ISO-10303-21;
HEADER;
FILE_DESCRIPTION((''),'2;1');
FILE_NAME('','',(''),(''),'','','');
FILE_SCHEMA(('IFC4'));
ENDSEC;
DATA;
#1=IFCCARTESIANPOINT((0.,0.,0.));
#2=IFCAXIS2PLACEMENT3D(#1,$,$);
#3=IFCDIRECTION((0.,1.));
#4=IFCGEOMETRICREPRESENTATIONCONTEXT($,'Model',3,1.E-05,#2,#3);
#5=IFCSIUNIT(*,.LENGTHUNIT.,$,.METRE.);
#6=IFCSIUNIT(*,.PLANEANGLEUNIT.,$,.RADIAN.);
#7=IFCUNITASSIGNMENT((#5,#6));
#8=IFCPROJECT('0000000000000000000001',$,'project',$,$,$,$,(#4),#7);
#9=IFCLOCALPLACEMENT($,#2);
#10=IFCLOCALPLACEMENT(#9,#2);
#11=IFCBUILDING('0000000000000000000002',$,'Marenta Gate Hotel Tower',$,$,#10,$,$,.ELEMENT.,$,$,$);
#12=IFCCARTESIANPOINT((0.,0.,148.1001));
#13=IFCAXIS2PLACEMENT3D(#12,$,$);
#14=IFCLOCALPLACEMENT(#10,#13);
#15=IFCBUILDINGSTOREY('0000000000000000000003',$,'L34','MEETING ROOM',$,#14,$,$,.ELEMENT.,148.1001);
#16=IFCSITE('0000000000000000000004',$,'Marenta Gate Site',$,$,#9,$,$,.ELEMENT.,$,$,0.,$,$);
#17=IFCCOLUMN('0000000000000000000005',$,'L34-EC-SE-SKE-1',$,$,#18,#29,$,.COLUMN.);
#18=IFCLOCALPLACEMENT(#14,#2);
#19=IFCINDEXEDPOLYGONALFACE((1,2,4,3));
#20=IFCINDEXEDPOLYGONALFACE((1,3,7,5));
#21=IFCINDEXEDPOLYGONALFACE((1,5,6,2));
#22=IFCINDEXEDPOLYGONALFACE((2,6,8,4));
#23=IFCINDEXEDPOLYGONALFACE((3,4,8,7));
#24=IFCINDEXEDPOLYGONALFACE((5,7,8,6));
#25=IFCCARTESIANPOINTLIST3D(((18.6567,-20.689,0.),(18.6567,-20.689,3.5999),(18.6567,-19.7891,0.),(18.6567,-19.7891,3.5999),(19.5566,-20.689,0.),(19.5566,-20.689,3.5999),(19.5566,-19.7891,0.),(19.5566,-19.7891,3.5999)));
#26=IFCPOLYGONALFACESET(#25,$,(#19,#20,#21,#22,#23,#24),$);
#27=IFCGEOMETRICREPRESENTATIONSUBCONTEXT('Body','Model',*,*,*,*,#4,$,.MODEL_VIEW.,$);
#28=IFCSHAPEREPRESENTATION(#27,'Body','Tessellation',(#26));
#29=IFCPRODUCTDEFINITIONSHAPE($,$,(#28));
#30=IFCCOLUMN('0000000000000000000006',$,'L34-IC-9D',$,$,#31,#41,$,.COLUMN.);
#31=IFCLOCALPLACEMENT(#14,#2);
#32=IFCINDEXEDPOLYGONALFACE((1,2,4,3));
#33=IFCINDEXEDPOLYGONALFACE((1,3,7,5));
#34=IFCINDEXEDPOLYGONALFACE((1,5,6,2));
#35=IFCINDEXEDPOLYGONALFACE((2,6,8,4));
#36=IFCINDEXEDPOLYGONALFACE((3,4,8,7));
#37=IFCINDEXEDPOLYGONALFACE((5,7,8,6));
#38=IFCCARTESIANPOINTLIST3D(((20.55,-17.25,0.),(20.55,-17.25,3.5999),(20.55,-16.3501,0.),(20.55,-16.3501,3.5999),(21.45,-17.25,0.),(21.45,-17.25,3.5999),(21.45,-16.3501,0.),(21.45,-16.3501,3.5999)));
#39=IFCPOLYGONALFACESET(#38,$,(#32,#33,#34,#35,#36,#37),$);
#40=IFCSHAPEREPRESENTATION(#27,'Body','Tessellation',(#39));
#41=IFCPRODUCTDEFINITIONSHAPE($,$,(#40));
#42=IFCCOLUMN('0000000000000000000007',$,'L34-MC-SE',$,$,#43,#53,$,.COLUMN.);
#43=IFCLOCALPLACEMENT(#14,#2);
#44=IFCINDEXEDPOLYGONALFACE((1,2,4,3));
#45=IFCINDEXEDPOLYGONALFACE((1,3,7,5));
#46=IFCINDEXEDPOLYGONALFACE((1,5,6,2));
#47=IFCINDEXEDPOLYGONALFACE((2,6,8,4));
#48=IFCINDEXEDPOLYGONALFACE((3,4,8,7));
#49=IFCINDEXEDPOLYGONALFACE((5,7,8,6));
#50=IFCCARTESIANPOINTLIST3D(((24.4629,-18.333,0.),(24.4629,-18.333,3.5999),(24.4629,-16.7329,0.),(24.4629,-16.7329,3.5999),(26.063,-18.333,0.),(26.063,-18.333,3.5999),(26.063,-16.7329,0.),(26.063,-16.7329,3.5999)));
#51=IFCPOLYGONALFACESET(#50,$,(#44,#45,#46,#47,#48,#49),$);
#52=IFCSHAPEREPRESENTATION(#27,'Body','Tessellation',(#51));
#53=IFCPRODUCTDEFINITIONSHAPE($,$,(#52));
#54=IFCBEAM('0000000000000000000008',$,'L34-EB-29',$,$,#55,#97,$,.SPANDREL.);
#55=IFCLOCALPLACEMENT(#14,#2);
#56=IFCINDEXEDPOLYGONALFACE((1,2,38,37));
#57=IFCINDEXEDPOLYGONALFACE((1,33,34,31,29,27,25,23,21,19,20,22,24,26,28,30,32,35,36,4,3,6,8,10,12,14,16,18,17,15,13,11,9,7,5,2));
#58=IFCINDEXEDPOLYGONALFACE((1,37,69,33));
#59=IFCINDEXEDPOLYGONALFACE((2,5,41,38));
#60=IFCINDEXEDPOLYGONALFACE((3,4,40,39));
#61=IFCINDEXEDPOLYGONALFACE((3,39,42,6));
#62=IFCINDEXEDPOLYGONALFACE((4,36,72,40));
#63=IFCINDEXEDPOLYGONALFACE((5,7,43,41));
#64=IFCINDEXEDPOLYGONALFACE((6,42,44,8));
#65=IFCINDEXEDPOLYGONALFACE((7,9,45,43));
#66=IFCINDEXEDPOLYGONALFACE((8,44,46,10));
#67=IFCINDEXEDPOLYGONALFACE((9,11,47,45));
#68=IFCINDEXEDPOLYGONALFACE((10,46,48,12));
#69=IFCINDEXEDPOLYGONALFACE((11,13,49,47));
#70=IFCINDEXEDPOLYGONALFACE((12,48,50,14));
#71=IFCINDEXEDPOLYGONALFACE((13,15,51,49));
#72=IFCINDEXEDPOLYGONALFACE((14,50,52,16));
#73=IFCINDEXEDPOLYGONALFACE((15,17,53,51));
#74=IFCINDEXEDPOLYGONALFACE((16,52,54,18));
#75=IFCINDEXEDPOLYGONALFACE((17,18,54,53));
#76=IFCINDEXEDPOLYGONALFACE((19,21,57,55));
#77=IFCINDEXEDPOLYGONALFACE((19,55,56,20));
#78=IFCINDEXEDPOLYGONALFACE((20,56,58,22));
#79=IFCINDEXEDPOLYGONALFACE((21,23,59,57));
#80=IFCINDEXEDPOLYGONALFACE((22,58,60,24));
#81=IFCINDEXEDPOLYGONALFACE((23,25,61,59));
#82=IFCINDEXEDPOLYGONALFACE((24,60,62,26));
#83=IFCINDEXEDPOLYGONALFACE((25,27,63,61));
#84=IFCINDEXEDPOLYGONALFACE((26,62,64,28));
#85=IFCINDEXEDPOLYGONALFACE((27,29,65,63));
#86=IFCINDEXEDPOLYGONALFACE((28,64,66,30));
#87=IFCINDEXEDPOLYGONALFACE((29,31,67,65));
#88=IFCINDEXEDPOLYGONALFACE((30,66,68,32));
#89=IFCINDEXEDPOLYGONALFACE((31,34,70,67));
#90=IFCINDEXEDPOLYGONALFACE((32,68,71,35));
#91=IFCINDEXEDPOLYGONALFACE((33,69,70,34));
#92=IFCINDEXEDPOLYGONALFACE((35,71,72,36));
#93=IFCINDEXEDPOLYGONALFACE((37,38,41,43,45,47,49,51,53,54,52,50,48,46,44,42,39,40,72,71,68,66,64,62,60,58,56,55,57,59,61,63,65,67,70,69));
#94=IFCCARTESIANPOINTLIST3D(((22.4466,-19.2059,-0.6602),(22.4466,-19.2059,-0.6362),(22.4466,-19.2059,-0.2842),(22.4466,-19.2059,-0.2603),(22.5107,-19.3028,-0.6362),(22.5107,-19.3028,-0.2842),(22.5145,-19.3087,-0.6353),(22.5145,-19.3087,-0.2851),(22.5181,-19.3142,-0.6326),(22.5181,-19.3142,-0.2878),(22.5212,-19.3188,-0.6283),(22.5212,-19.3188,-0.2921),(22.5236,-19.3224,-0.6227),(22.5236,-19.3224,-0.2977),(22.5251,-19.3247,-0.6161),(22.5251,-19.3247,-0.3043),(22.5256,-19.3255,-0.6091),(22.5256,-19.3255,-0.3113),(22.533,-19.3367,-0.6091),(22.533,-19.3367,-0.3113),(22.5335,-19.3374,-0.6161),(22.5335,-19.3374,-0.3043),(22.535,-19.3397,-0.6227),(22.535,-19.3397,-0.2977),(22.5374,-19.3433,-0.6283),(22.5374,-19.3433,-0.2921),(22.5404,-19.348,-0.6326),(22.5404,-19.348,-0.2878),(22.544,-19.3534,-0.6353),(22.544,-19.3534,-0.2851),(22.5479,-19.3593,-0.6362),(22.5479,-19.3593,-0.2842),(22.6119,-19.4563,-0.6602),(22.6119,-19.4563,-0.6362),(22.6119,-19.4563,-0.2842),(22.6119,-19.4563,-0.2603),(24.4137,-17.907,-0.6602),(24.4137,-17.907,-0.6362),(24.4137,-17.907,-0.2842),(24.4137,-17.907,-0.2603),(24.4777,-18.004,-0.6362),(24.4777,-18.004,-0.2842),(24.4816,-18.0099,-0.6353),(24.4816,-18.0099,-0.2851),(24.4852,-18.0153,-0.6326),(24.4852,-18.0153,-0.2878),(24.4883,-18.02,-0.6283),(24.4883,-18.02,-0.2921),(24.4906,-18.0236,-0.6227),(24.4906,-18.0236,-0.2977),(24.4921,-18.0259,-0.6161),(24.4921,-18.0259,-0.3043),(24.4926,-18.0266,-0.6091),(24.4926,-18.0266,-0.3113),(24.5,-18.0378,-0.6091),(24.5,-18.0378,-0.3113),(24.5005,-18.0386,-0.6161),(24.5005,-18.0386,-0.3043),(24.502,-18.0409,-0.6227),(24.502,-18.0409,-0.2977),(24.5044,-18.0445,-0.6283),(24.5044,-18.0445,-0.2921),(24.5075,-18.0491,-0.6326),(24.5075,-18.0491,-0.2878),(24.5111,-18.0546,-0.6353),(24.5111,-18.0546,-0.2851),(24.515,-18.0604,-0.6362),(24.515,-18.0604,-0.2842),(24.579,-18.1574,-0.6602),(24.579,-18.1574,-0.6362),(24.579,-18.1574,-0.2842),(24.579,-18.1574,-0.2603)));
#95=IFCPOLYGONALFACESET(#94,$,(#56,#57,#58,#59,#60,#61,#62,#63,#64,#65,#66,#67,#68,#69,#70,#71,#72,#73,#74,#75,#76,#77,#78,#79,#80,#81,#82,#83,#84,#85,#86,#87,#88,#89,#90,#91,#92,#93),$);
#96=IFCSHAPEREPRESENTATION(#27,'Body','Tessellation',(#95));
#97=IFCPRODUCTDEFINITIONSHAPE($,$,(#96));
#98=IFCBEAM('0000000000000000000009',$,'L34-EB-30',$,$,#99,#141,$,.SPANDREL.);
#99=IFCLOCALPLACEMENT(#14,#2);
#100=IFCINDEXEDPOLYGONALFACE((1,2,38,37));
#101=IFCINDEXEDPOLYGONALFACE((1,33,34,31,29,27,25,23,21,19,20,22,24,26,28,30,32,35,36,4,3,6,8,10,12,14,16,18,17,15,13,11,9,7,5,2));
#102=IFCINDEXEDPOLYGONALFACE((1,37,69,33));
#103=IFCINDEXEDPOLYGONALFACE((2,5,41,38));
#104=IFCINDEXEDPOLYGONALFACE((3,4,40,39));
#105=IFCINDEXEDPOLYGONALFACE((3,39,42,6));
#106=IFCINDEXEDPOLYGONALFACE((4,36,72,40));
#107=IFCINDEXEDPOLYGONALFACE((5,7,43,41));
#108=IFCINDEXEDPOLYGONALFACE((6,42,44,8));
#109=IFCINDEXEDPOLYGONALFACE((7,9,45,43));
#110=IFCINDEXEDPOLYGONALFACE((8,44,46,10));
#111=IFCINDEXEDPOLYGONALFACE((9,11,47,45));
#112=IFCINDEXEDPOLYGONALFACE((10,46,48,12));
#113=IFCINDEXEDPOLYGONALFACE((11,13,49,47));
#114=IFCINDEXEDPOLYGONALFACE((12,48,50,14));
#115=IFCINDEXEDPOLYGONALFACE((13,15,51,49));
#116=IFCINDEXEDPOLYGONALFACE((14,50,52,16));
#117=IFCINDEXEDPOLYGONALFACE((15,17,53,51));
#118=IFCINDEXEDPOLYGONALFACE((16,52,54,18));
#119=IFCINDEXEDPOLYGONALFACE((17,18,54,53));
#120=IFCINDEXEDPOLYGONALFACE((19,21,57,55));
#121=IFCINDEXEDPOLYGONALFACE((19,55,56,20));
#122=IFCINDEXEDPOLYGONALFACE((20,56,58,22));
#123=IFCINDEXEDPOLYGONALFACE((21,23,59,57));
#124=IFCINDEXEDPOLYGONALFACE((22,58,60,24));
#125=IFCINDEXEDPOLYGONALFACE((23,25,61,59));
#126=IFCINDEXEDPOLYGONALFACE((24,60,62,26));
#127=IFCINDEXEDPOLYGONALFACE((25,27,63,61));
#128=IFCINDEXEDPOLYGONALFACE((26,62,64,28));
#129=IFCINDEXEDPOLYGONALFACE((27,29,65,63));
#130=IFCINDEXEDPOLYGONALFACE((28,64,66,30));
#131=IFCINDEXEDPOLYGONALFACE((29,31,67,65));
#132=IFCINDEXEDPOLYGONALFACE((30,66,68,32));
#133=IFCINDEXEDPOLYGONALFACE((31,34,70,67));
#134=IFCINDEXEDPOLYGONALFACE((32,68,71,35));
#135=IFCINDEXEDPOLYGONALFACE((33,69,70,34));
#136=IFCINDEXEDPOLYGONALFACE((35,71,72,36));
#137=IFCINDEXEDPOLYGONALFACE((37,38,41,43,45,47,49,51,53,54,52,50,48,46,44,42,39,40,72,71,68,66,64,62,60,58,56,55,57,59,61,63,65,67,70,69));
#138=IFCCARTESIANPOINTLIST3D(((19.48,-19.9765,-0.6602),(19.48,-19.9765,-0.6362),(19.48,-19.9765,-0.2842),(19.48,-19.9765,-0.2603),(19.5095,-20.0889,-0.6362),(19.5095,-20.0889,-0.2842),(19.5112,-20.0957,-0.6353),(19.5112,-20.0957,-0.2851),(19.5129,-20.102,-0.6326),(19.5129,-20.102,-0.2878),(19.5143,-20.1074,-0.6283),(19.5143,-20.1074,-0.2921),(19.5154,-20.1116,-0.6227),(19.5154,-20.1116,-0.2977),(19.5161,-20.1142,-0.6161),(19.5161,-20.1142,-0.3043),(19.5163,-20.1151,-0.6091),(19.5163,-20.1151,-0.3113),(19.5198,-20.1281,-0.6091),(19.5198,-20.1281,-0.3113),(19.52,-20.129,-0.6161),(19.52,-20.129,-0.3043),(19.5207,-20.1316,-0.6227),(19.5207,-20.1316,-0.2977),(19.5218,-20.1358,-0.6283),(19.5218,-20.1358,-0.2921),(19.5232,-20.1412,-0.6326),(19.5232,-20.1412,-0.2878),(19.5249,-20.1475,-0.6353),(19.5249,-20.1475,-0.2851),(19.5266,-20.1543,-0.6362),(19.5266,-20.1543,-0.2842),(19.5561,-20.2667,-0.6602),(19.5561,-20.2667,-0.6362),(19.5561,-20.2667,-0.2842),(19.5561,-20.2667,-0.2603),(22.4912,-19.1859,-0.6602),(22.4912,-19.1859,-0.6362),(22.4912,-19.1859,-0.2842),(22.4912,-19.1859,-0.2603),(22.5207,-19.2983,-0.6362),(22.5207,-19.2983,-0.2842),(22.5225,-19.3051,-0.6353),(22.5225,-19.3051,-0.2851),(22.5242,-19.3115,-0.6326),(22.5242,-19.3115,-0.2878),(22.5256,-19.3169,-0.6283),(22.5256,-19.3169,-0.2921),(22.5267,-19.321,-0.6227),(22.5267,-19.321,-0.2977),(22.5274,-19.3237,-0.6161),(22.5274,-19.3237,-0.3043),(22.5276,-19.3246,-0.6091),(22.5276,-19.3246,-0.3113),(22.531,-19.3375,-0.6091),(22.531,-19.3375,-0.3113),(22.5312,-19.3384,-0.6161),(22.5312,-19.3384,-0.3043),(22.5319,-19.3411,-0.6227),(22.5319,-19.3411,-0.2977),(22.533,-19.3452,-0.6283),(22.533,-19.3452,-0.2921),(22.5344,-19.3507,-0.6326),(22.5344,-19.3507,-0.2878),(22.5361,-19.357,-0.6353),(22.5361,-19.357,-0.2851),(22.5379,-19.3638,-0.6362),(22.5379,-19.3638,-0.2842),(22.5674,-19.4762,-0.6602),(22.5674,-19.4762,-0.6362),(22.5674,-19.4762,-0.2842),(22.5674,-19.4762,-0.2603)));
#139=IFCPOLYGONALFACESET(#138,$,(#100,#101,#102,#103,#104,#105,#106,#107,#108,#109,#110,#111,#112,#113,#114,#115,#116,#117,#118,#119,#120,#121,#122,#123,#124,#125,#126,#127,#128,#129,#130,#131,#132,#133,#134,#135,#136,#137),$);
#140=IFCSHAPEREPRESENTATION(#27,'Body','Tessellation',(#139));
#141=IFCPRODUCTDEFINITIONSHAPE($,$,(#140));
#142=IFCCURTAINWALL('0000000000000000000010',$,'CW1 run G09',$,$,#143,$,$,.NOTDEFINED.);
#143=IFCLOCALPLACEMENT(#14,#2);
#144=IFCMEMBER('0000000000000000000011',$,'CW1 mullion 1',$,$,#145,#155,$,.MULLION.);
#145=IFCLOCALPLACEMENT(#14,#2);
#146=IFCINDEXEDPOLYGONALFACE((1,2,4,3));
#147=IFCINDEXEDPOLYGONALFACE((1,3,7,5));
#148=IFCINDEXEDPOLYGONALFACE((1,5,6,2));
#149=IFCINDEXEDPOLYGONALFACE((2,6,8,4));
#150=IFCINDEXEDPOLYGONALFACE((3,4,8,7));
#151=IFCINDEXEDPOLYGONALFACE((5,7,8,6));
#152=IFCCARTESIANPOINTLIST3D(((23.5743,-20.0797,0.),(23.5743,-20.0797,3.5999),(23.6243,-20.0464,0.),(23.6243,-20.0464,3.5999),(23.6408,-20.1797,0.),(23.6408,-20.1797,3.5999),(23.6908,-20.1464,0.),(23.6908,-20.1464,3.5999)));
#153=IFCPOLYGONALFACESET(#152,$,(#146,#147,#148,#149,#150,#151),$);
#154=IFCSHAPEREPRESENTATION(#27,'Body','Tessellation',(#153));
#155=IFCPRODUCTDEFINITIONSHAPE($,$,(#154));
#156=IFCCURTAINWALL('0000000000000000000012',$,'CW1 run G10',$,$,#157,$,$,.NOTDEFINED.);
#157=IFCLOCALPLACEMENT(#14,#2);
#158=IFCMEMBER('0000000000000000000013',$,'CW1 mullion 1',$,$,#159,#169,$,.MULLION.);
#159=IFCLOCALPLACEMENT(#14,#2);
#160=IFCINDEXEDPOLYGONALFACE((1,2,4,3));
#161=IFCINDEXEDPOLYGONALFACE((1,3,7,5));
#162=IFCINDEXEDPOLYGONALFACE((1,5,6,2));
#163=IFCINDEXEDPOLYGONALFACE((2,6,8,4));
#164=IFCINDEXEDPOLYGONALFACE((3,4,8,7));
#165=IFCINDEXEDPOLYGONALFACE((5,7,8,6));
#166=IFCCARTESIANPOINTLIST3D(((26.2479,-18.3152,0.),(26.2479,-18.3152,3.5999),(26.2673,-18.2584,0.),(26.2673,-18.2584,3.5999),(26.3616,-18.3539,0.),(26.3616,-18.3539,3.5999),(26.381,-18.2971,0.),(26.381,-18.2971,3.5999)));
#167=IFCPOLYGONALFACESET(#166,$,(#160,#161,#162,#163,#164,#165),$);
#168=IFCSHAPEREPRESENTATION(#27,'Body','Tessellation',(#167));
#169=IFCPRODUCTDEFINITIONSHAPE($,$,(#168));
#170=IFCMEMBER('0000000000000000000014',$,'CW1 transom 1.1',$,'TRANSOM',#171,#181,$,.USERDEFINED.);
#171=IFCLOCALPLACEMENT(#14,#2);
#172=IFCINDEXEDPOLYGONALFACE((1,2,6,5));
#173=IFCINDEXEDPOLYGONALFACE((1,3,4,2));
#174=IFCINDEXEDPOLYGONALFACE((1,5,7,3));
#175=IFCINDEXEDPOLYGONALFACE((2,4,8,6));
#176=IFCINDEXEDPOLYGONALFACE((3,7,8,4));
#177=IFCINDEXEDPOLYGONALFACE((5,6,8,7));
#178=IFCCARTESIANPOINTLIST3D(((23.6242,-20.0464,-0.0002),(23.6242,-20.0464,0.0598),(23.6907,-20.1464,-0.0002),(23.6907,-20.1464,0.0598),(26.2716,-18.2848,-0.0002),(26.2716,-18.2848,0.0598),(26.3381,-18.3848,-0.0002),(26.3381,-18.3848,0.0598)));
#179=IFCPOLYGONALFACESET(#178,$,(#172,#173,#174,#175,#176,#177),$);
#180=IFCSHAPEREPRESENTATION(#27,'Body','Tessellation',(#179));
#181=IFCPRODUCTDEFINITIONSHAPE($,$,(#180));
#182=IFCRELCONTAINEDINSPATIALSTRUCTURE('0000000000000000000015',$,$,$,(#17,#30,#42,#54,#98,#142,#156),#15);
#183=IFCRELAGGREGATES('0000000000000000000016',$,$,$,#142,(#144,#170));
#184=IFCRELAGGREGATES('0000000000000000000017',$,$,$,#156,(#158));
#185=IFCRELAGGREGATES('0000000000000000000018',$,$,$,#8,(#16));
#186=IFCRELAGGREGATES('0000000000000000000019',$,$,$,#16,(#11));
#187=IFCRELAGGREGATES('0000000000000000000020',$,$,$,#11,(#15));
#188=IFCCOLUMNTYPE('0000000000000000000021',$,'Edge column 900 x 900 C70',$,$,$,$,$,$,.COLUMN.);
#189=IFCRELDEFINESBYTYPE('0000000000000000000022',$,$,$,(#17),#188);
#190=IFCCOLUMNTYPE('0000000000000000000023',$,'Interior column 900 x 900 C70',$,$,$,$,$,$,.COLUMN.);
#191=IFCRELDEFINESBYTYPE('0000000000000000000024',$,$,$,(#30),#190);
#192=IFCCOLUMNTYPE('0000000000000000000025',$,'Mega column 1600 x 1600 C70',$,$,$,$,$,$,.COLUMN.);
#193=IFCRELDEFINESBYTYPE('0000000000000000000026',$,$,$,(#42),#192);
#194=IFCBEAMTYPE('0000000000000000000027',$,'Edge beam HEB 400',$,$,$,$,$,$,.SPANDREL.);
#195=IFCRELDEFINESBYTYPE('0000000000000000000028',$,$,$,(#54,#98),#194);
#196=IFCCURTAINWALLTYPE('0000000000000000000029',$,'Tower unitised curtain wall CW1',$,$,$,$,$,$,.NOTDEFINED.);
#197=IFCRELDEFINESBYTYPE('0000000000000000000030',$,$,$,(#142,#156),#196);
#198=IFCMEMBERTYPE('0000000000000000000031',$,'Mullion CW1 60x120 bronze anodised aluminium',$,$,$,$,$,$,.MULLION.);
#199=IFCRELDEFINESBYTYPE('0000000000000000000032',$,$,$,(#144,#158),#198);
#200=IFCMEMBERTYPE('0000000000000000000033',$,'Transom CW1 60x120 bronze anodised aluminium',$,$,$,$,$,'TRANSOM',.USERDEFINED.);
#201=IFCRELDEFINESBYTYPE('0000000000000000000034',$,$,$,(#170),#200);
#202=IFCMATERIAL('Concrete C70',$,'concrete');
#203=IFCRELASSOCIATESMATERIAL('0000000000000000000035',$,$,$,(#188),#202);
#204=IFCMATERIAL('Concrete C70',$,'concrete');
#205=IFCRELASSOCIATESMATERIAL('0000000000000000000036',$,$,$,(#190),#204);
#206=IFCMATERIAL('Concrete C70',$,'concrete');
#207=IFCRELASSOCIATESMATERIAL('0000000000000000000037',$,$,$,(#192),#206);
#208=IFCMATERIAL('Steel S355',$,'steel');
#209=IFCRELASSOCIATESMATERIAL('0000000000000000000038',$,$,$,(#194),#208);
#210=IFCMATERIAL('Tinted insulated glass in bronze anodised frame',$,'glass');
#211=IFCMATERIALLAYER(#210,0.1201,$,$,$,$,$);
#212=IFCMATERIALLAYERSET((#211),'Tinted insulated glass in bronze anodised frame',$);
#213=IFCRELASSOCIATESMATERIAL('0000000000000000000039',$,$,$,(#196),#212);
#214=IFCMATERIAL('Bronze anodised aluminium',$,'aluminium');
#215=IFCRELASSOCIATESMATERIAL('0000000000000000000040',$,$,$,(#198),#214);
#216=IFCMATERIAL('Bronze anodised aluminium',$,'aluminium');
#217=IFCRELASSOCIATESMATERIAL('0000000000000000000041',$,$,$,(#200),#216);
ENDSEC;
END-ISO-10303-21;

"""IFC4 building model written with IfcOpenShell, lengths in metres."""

from ifc_helpers import new_model, si_unit, direction, frame, origin, origin_2d, place, context, subcontext, project, spatial, rectangle, i_section, extrude, material, layer, layer_set, material_profile, profile_set, type_object, element, aggregate, save


model = new_model("IFC4")

# Units and contexts
model_context = context("Model", 3, precision=1e-05, world=origin(), true_north=direction((0.0, 1.0)))
body_context = subcontext(model_context, "Body", "Model", "MODEL_VIEW")
ifc_project = project(units=[si_unit("LENGTHUNIT", "METRE"), si_unit("PLANEANGLEUNIT", "RADIAN")], contexts=[model_context])

# Site, building, storey
site_placement = place(None, origin())
site = spatial("IfcSite", under=ifc_project, at=site_placement, Name="Marenta Gate Site", CompositionType="ELEMENT", RefElevation=0.0)
building_placement = place(site_placement, origin())
building = spatial("IfcBuilding", under=site, at=building_placement, Name="Marenta Gate Hotel Tower", CompositionType="ELEMENT")
storey_placement = place(building_placement, frame((0.0, 0.0, 148.1001)))
storey = spatial("IfcBuildingStorey", under=building, at=storey_placement, Name="L34", Description="MEETING ROOM", CompositionType="ELEMENT", Elevation=148.1001)

# Columns
ifc_material_1 = material(Name="Concrete C70", Category="concrete")
ifc_material_profile_1 = material_profile(ifc_material_1, rectangle(XDim=0.8999, YDim=0.8999, at=origin_2d()), Name="900 x 900")
ifc_profile_set_1 = profile_set([ifc_material_profile_1], Name="Concrete C70")
column_type_1 = type_object("IfcColumnType", Name="Edge column 900 x 900 C70", PredefinedType="COLUMN", material=ifc_profile_set_1)
column_1_placement = place(storey_placement, frame((19.1067, -20.239, 0.0), z_axis=(0.0, 0.0, 1.0), x_axis=(1.0, 0.0, 0.0)))
element("IfcColumn", 1, at=column_1_placement, inside=storey, type_object=column_type_1, Name="L34-EC-SE-SKE-1", PredefinedType="COLUMN", context=body_context, shape_type="SweptSolid", body=[
    extrude(rectangle(XDim=0.8999, YDim=0.8999, at=origin_2d()), origin(), (0.0, 0.0, 1.0), 3.5999),
])
ifc_material_2 = material(Name="Concrete C70", Category="concrete")
ifc_material_profile_2 = material_profile(ifc_material_2, rectangle(XDim=0.8999, YDim=0.8999, at=origin_2d()), Name="900 x 900")
ifc_profile_set_2 = profile_set([ifc_material_profile_2], Name="Concrete C70")
column_type_2 = type_object("IfcColumnType", Name="Interior column 900 x 900 C70", PredefinedType="COLUMN", material=ifc_profile_set_2)
column_2_placement = place(storey_placement, frame((21.0, -16.8, 0.0), z_axis=(0.0, 0.0, 1.0), x_axis=(1.0, 0.0, 0.0)))
element("IfcColumn", 2, at=column_2_placement, inside=storey, type_object=column_type_2, Name="L34-IC-9D", PredefinedType="COLUMN", context=body_context, shape_type="SweptSolid", body=[
    extrude(rectangle(XDim=0.8999, YDim=0.8999, at=origin_2d()), origin(), (0.0, 0.0, 1.0), 3.5999),
])
ifc_material_3 = material(Name="Concrete C70", Category="concrete")
ifc_material_profile_3 = material_profile(ifc_material_3, rectangle(XDim=1.6001, YDim=1.6001, at=origin_2d()), Name="1600 x 1600")
ifc_profile_set_3 = profile_set([ifc_material_profile_3], Name="Concrete C70")
column_type_3 = type_object("IfcColumnType", Name="Mega column 1600 x 1600 C70", PredefinedType="COLUMN", material=ifc_profile_set_3)
column_3_placement = place(storey_placement, frame((25.2629, -17.533, 0.0), z_axis=(0.0, 0.0, 1.0), x_axis=(1.0, 0.0, 0.0)))
element("IfcColumn", 3, at=column_3_placement, inside=storey, type_object=column_type_3, Name="L34-MC-SE", PredefinedType="COLUMN", context=body_context, shape_type="SweptSolid", body=[
    extrude(rectangle(XDim=1.6001, YDim=1.6001, at=origin_2d()), origin(), (0.0, 0.0, 1.0), 3.5999),
])

# Beams
ifc_material_4 = material(Name="Steel S355", Category="steel")
ifc_material_profile_4 = material_profile(ifc_material_4, i_section(OverallWidth=0.3, OverallDepth=0.3999, WebThickness=0.0134, FlangeThickness=0.0239, FilletRadius=0.0271, at=origin_2d()), Name="HEB 400")
ifc_profile_set_4 = profile_set([ifc_material_profile_4], Name="Steel S355")
beam_type = type_object("IfcBeamType", Name="Edge beam HEB 400", PredefinedType="SPANDREL", material=ifc_profile_set_4)
beam_1_placement = place(storey_placement, frame((24.4963, -18.0322, -0.4602), z_axis=(-0.834496, -0.551014, 0.0), x_axis=(0.551014, -0.834496, 0.0)))
element("IfcBeam", 4, at=beam_1_placement, inside=storey, type_object=beam_type, Name="L34-EB-29", PredefinedType="SPANDREL", context=body_context, shape_type="SweptSolid", body=[
    extrude(i_section(OverallWidth=0.3, OverallDepth=0.3999, WebThickness=0.0134, FlangeThickness=0.0239, FilletRadius=0.0271, at=origin_2d()), origin(), (0.0, 0.0, 1.0), 2.3572),
])
beam_2_placement = place(storey_placement, frame((22.5293, -19.3311, -0.4602), z_axis=(-0.967225, -0.253922, 0.0), x_axis=(0.253922, -0.967225, 0.0)))
element("IfcBeam", 5, at=beam_2_placement, inside=storey, type_object=beam_type, Name="L34-EB-30", PredefinedType="SPANDREL", context=body_context, shape_type="SweptSolid", body=[
    extrude(i_section(OverallWidth=0.3, OverallDepth=0.3999, WebThickness=0.0134, FlangeThickness=0.0239, FilletRadius=0.0271, at=origin_2d()), origin(), (0.0, 0.0, 1.0), 3.1133),
])

# Curtain walls, members
ifc_material_5 = material(Name="Tinted insulated glass in bronze anodised frame", Category="glass")
ifc_layer_1 = layer(ifc_material_5, 0.1201)
ifc_layer_set_1 = layer_set([ifc_layer_1], Name="Tinted insulated glass in bronze anodised frame")
curtain_wall_type = type_object("IfcCurtainWallType", Name="Tower unitised curtain wall CW1", PredefinedType="NOTDEFINED", material=ifc_layer_set_1)
curtain_wall_1_placement = place(storey_placement, origin())
curtain_wall_1 = element("IfcCurtainWall", 6, at=curtain_wall_1_placement, inside=storey, type_object=curtain_wall_type, Name="CW1 run G09", PredefinedType="NOTDEFINED")
ifc_material_6 = material(Name="Bronze anodised aluminium", Category="aluminium")
ifc_material_profile_5 = material_profile(ifc_material_6, rectangle(XDim=0.1201, YDim=0.0601, at=origin_2d()), Name="Mullion CW1 60x120 bronze anodised aluminium")
ifc_profile_set_5 = profile_set([ifc_material_profile_5], Name="Bronze anodised aluminium")
member_type_1 = type_object("IfcMemberType", Name="Mullion CW1 60x120 bronze anodised aluminium", PredefinedType="MULLION", material=ifc_profile_set_5)
member_1_placement = place(storey_placement, frame((23.6326, -20.113, 0.0), z_axis=(0.0, 0.0, 1.0), x_axis=(-0.554016, 0.832506, 0.0)))
member_1 = element("IfcMember", 7, at=member_1_placement, type_object=member_type_1, Name="CW1 mullion 1", PredefinedType="MULLION", context=body_context, shape_type="SweptSolid", body=[
    extrude(rectangle(XDim=0.1201, YDim=0.0601, at=origin_2d()), origin(), (0.0, 0.0, 1.0), 3.5999),
])
curtain_wall_2_placement = place(storey_placement, origin())
curtain_wall_2 = element("IfcCurtainWall", 8, at=curtain_wall_2_placement, inside=storey, type_object=curtain_wall_type, Name="CW1 run G10", PredefinedType="NOTDEFINED")
member_2_placement = place(storey_placement, frame((26.3145, -18.3062, 0.0), z_axis=(0.0, 0.0, 1.0), x_axis=(-0.946728, 0.322033, 0.0)))
member_2 = element("IfcMember", 9, at=member_2_placement, type_object=member_type_1, Name="CW1 mullion 1", PredefinedType="MULLION", context=body_context, shape_type="SweptSolid", body=[
    extrude(rectangle(XDim=0.1201, YDim=0.0601, at=origin_2d()), origin(), (0.0, 0.0, 1.0), 3.5999),
])

# Member
ifc_material_7 = material(Name="Bronze anodised aluminium", Category="aluminium")
ifc_material_profile_6 = material_profile(ifc_material_7, rectangle(XDim=0.1201, YDim=0.0601, at=origin_2d()), Name="Transom CW1 60x120 bronze anodised aluminium")
ifc_profile_set_6 = profile_set([ifc_material_profile_6], Name="Bronze anodised aluminium")
member_type_2 = type_object("IfcMemberType", Name="Transom CW1 60x120 bronze anodised aluminium", ElementType="TRANSOM", PredefinedType="USERDEFINED", material=ifc_profile_set_6)
member_3_placement = place(storey_placement, frame((23.6575, -20.0964, 0.0298), z_axis=(0.832522, 0.553991, 0.0), x_axis=(-0.553991, 0.832522, 0.0)))
member_3 = element("IfcMember", 10, at=member_3_placement, type_object=member_type_2, Name="CW1 transom 1.1", ObjectType="TRANSOM", PredefinedType="USERDEFINED", context=body_context, shape_type="SweptSolid", body=[
    extrude(rectangle(XDim=0.1201, YDim=0.0601, at=origin_2d()), origin(), (0.0, 0.0, 1.0), 3.1799),
])

aggregate(curtain_wall_1, [member_1, member_3])
aggregate(curtain_wall_2, [member_2])

save(model, "model.ifc")
